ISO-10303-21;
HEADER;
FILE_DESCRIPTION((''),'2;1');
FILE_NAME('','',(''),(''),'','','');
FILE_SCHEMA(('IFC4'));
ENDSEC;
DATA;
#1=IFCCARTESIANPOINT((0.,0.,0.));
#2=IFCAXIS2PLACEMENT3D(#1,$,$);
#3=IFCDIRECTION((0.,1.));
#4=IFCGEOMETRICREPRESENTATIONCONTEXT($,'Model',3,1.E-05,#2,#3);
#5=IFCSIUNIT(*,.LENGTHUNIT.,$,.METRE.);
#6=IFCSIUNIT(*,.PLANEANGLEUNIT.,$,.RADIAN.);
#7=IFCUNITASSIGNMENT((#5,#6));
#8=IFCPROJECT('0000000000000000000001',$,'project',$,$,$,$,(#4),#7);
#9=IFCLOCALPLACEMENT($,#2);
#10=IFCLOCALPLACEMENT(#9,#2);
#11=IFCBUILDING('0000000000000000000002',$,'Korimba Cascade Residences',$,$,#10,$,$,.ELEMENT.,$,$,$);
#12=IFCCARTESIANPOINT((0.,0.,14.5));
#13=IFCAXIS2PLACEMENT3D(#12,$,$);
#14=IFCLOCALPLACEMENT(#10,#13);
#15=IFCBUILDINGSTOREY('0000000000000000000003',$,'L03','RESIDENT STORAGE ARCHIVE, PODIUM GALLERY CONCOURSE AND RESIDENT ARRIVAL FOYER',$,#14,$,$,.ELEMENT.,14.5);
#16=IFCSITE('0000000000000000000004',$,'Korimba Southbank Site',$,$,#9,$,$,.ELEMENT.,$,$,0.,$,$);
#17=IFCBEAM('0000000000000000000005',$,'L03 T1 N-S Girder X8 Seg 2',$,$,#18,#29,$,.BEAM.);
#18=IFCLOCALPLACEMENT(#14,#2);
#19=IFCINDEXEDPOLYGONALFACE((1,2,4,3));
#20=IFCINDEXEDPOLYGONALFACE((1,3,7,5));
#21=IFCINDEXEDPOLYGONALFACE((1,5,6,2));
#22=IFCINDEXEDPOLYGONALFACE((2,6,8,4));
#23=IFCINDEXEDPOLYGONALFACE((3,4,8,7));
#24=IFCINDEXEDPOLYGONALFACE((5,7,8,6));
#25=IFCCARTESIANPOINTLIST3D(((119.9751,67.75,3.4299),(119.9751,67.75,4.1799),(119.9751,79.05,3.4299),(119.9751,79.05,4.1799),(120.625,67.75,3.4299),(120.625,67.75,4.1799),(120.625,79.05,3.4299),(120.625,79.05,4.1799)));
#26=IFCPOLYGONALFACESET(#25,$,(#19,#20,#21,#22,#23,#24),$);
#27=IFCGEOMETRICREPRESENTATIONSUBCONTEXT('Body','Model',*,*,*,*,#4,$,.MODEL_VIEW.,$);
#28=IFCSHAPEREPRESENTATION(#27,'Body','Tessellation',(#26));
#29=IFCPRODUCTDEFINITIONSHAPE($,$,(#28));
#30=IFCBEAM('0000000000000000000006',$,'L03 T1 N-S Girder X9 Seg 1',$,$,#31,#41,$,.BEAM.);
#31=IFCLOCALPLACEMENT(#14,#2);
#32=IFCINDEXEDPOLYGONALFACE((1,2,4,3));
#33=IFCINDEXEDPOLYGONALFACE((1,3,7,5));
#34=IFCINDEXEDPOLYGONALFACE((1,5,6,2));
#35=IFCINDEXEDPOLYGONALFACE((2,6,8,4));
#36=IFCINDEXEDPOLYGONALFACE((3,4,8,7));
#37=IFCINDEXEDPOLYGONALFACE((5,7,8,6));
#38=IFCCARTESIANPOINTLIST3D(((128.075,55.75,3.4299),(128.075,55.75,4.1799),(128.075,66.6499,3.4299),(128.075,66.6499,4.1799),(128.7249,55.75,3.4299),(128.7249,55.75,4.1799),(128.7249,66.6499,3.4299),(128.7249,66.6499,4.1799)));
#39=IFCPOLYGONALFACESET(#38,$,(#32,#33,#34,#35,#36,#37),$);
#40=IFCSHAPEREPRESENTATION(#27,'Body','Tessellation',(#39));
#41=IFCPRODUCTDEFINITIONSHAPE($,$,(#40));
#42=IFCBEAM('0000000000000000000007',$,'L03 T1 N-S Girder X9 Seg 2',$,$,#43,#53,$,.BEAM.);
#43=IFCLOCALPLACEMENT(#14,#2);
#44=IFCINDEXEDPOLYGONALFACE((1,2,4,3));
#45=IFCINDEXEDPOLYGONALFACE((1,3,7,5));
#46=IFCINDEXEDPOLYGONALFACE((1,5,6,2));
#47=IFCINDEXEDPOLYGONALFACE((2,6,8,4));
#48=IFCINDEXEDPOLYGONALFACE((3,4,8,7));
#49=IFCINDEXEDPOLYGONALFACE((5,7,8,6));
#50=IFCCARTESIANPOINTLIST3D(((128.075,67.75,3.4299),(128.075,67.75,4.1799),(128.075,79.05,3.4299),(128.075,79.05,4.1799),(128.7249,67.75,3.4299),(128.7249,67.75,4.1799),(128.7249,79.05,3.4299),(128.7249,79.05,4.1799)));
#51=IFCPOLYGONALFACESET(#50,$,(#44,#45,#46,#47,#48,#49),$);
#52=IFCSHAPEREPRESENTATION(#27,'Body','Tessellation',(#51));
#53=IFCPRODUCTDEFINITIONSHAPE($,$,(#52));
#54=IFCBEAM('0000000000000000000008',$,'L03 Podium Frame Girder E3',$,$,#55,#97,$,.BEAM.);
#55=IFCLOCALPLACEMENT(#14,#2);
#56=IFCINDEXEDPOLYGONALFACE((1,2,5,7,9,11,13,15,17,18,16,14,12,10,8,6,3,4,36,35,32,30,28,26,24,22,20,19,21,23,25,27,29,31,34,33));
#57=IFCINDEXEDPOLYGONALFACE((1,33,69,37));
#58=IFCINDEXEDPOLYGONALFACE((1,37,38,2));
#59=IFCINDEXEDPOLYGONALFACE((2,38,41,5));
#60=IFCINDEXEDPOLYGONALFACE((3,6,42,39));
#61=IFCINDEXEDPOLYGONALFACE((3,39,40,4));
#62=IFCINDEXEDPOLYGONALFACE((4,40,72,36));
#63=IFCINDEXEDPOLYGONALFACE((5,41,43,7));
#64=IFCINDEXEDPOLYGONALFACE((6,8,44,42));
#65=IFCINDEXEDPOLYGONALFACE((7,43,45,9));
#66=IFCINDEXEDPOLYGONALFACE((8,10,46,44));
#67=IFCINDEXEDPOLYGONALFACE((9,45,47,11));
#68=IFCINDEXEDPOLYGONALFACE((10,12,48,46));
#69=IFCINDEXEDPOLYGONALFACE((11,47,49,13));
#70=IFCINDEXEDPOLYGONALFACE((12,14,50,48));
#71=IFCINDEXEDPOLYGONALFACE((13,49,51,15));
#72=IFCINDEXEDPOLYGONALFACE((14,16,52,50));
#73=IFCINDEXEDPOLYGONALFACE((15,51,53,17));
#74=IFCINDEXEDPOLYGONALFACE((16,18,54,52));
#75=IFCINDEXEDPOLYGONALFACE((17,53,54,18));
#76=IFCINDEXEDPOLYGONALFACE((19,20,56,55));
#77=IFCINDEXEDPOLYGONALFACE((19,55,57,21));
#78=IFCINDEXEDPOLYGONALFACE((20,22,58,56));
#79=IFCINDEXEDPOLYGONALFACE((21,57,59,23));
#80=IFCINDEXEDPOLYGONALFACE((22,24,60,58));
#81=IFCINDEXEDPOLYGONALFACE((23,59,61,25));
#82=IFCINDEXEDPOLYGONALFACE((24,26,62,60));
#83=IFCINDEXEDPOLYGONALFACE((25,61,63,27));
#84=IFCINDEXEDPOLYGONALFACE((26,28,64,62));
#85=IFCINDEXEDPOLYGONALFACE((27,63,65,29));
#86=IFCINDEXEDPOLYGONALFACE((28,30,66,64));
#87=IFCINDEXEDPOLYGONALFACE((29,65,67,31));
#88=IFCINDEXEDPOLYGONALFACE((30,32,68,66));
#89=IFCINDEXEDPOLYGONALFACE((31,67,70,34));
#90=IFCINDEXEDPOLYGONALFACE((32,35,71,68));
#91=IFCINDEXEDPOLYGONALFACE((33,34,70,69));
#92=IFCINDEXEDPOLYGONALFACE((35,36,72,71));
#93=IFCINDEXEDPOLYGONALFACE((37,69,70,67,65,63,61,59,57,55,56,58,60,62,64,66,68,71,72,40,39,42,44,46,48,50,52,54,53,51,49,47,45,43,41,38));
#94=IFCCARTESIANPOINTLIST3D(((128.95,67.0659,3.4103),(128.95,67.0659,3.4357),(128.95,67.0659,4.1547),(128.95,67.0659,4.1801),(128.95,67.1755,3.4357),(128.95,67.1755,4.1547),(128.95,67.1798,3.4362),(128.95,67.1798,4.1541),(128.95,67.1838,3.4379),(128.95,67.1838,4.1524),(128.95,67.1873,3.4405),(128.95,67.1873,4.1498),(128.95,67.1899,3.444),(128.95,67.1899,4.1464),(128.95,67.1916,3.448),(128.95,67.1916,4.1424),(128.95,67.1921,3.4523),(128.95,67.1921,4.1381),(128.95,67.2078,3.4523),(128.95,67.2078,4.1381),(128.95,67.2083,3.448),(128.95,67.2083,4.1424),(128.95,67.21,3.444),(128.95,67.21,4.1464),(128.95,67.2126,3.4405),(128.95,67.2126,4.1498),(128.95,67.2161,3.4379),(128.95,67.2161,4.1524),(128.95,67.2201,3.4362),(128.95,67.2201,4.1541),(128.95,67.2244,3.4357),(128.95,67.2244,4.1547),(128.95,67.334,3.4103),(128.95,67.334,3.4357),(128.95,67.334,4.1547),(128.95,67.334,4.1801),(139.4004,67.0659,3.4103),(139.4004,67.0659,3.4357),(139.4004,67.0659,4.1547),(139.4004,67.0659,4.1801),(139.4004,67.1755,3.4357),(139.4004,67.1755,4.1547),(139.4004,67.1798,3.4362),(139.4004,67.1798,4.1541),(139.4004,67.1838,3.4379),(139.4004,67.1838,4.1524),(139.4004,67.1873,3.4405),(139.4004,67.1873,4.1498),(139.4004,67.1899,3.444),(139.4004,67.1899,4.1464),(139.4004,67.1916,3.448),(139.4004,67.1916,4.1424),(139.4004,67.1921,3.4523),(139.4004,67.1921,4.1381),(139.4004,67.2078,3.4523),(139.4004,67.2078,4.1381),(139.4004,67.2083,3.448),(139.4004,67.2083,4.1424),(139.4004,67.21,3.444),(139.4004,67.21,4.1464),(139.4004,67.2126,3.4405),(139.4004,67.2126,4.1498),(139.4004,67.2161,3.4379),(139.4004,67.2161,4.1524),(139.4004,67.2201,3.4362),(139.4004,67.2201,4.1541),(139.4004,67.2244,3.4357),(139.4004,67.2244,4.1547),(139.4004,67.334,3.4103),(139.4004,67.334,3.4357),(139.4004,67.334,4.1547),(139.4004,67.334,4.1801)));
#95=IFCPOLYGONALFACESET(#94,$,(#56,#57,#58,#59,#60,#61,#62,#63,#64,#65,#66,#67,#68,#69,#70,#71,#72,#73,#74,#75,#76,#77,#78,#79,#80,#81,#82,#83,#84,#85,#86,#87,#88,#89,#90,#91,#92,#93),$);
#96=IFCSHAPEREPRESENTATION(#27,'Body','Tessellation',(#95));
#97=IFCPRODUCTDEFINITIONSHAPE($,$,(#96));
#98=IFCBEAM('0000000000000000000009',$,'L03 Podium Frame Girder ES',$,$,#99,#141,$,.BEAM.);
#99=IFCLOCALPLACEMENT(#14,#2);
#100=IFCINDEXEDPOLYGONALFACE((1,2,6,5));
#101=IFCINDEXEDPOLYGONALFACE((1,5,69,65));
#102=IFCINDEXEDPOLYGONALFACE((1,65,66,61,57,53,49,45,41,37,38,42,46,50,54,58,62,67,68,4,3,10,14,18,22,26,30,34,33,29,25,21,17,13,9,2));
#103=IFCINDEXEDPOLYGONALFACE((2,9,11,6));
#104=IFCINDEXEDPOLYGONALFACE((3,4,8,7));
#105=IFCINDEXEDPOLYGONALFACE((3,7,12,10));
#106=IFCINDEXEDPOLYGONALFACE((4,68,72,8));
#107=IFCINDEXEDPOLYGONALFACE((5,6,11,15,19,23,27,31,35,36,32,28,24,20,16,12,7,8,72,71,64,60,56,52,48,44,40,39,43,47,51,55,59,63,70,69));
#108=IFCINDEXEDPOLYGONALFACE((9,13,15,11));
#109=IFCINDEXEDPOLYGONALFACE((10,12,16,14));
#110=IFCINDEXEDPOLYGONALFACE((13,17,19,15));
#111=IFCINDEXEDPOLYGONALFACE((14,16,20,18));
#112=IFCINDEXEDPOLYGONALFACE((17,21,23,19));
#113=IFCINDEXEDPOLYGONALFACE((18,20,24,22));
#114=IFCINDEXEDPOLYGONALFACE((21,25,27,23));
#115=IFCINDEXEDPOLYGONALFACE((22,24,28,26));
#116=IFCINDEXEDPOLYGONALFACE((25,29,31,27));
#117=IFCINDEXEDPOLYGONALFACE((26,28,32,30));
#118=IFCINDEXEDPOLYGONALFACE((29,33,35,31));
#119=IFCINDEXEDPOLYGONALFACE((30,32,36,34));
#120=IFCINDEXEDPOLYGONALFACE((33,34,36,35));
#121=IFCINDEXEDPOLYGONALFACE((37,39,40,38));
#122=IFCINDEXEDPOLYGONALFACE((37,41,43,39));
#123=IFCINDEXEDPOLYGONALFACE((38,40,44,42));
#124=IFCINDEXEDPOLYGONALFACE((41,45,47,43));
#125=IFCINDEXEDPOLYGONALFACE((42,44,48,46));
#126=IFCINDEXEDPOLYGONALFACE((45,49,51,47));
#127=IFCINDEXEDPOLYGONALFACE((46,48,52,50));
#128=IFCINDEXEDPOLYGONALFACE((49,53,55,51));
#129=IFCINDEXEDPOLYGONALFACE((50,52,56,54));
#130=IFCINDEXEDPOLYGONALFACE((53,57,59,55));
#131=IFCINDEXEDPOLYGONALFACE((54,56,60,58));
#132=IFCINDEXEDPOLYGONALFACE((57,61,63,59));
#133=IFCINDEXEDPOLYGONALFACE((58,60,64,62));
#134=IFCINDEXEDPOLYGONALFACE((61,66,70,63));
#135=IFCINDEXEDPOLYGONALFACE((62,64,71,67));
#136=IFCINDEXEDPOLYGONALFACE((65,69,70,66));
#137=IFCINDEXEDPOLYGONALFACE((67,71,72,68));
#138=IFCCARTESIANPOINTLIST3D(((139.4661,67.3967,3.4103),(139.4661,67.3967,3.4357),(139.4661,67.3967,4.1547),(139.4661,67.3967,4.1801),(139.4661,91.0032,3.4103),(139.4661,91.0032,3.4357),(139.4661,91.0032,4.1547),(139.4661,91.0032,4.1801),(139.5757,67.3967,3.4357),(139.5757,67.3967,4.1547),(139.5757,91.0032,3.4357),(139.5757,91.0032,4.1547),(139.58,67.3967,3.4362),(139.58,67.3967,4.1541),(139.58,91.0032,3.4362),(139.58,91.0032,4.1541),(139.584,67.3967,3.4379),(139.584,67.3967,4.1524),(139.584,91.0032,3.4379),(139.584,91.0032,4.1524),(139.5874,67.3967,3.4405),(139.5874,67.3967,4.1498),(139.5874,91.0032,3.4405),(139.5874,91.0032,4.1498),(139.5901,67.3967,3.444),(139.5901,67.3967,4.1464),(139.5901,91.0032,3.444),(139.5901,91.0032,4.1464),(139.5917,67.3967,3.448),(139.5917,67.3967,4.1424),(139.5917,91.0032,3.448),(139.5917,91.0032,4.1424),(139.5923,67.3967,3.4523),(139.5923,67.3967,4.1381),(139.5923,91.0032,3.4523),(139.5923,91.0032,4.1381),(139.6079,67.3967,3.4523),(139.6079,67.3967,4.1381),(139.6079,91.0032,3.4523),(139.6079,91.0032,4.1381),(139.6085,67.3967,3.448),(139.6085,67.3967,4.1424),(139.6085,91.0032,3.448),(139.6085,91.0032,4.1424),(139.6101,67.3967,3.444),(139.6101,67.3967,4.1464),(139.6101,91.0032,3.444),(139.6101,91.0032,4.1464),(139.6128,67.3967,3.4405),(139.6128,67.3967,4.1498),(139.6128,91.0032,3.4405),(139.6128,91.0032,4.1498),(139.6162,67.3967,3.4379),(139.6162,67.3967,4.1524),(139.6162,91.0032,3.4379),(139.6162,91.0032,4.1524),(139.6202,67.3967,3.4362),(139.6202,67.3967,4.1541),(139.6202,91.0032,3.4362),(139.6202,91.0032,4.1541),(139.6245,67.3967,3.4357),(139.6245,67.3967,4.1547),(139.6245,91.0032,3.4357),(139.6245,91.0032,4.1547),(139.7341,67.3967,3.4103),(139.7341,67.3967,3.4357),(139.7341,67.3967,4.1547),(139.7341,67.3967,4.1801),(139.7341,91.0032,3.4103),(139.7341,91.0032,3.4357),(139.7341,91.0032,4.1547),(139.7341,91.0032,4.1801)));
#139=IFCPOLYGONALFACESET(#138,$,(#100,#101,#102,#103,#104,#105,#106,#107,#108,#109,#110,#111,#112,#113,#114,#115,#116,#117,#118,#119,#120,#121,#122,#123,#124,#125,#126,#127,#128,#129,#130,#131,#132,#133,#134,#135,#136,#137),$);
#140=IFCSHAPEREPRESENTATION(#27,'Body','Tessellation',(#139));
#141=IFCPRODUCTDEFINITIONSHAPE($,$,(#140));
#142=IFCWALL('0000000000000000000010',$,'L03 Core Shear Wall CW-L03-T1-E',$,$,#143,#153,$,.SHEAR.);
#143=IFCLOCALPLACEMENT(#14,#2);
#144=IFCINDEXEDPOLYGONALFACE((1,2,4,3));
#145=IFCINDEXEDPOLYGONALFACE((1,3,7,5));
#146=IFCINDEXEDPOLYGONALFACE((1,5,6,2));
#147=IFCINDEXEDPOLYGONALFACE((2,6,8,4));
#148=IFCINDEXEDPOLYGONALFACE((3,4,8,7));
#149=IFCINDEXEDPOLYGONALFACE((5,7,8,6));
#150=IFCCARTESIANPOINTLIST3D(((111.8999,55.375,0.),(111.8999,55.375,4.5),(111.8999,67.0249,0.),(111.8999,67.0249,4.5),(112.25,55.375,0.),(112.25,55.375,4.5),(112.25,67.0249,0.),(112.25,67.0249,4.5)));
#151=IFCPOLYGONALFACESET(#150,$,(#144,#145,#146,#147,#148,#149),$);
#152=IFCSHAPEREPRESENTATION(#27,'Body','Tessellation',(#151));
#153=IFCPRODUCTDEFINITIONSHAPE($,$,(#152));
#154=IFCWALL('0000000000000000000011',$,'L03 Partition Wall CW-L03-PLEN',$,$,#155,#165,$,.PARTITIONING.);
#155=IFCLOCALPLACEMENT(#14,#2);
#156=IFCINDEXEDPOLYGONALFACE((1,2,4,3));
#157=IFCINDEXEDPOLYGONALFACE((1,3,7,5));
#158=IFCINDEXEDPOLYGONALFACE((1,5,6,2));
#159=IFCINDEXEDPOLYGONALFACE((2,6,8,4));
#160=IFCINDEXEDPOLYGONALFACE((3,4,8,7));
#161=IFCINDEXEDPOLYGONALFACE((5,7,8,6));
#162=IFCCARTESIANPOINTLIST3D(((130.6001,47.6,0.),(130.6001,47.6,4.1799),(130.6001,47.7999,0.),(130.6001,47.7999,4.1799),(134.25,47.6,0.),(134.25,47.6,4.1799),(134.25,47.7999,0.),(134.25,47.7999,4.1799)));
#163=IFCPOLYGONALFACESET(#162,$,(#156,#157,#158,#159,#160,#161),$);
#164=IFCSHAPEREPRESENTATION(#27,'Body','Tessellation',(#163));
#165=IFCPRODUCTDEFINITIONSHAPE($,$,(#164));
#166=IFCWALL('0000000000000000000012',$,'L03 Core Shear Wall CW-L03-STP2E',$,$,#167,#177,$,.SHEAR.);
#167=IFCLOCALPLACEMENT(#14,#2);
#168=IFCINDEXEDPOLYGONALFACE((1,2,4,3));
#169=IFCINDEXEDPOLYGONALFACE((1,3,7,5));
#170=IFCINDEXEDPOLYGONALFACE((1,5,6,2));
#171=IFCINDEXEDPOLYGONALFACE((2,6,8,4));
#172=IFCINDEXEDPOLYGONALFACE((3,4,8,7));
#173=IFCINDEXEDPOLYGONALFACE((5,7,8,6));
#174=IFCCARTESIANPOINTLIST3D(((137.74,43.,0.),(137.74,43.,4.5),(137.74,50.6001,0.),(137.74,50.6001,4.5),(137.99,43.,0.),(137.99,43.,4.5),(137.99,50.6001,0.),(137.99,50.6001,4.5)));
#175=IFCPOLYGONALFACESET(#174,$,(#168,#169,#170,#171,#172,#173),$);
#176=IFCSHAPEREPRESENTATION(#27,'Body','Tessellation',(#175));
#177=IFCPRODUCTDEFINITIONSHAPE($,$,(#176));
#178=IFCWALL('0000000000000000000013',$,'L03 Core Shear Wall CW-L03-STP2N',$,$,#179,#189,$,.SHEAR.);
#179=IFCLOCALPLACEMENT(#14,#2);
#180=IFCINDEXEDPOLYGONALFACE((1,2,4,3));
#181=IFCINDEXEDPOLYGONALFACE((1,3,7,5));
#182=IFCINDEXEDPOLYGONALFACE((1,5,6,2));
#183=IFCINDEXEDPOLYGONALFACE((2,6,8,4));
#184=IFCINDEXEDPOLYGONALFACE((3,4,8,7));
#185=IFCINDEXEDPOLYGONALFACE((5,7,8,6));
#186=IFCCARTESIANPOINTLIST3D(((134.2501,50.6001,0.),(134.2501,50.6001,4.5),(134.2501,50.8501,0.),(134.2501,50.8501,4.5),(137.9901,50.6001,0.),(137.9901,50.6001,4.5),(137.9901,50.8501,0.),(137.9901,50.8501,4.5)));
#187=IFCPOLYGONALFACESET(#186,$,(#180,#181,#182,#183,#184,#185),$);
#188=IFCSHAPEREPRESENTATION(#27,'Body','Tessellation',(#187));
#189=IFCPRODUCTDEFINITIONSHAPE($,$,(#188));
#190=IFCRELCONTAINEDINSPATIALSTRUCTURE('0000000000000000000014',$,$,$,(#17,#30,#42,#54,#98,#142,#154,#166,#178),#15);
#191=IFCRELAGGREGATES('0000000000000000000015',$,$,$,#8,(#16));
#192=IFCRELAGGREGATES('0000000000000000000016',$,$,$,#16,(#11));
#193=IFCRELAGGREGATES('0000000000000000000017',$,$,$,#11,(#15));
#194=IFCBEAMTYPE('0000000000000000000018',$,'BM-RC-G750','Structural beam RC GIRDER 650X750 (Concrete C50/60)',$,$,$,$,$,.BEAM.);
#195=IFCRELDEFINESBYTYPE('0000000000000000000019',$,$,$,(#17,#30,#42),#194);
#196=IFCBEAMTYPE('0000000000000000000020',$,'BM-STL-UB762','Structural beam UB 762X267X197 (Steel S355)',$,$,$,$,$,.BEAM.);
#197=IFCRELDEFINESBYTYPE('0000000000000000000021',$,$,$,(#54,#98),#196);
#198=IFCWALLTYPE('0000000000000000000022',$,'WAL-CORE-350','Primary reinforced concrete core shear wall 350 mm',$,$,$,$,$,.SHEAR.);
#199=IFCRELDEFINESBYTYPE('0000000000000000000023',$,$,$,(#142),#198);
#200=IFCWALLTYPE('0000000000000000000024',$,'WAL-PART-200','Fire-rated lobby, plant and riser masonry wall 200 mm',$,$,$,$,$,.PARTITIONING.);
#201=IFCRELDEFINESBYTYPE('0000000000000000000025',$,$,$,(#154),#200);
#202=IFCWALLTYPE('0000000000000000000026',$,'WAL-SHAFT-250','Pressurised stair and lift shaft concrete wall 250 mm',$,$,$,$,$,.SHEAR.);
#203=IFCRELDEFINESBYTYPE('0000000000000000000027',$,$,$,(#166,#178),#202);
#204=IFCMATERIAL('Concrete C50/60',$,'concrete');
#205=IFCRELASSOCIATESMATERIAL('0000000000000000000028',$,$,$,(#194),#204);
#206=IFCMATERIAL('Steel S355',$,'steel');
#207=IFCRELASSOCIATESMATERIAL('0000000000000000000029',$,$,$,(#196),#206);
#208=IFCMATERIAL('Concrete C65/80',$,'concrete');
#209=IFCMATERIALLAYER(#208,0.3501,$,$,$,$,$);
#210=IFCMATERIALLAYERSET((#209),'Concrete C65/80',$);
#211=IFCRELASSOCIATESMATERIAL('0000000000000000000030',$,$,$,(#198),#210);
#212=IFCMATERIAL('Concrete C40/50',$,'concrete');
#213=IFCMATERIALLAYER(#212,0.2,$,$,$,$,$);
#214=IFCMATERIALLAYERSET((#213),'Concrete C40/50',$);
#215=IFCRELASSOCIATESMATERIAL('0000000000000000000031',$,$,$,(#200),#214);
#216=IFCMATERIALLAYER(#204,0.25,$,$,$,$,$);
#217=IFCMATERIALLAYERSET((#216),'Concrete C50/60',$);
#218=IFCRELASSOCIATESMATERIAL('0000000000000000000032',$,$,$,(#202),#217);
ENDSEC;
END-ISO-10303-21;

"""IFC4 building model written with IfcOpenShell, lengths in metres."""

from ifc_helpers import new_model, si_unit, direction, frame, frame_2d, origin, origin_2d, place, context, subcontext, project, spatial, rectangle, i_section, extrude, material, layer, layer_set, material_profile, profile_set, type_object, element, save


model = new_model("IFC4")

# Units and contexts
model_context = context("Model", 3, precision=1e-05, world=origin(), true_north=direction((0.0, 1.0)))
body_context = subcontext(model_context, "Body", "Model", "MODEL_VIEW")
ifc_project = project(units=[si_unit("LENGTHUNIT", "METRE"), si_unit("PLANEANGLEUNIT", "RADIAN")], contexts=[model_context])

# Site, building, storey
site_placement = place(None, origin())
site = spatial("IfcSite", under=ifc_project, at=site_placement, Name="Korimba Southbank Site", CompositionType="ELEMENT", RefElevation=0.0)
building_placement = place(site_placement, origin())
building = spatial("IfcBuilding", under=site, at=building_placement, Name="Korimba Cascade Residences", CompositionType="ELEMENT")
storey_placement = place(building_placement, frame((0.0, 0.0, 14.5)))
storey = spatial("IfcBuildingStorey", under=building, at=storey_placement, Name="L03", Description="RESIDENT STORAGE ARCHIVE, PODIUM GALLERY CONCOURSE AND RESIDENT ARRIVAL FOYER", CompositionType="ELEMENT", Elevation=14.5)

# Shared definitions
ifc_material_1 = material(Name="Steel S355", Category="steel")

# Beams
ifc_material_2 = material(Name="Concrete C50/60", Category="concrete")
ifc_material_profile_1 = material_profile(ifc_material_2, rectangle(XDim=0.6499, YDim=0.75, at=origin_2d()), Name="Concrete C50/60")
ifc_profile_set_1 = profile_set([ifc_material_profile_1], Name="Concrete C50/60")
beam_type_1 = type_object("IfcBeamType", Name="BM-RC-G750", Description="Structural beam RC GIRDER 650X750 (Concrete C50/60)", PredefinedType="BEAM", material=ifc_profile_set_1)
beam_1_placement = place(storey_placement, frame((120.3, 67.75, 3.8049), z_axis=(0.0, 1.0, 0.0), x_axis=(-1.0, 0.0, 0.0)))
element("IfcBeam", 1, at=beam_1_placement, inside=storey, type_object=beam_type_1, Name="L03 T1 N-S Girder X8 Seg 2", PredefinedType="BEAM", context=body_context, shape_type="SweptSolid", body=[
    extrude(rectangle(XDim=0.6499, YDim=0.75, at=origin_2d()), origin(), (0.0, 0.0, 1.0), 11.3),
])
beam_2_placement = place(storey_placement, frame((128.3999, 55.75, 3.8049), z_axis=(0.0, 1.0, 0.0), x_axis=(-1.0, 0.0, 0.0)))
element("IfcBeam", 2, at=beam_2_placement, inside=storey, type_object=beam_type_1, Name="L03 T1 N-S Girder X9 Seg 1", PredefinedType="BEAM", context=body_context, shape_type="SweptSolid", body=[
    extrude(rectangle(XDim=0.6499, YDim=0.75, at=origin_2d()), origin(), (0.0, 0.0, 1.0), 10.8999),
])
beam_3_placement = place(storey_placement, frame((128.3999, 67.75, 3.8049), z_axis=(0.0, 1.0, 0.0), x_axis=(-1.0, 0.0, 0.0)))
element("IfcBeam", 3, at=beam_3_placement, inside=storey, type_object=beam_type_1, Name="L03 T1 N-S Girder X9 Seg 2", PredefinedType="BEAM", context=body_context, shape_type="SweptSolid", body=[
    extrude(rectangle(XDim=0.6499, YDim=0.75, at=origin_2d()), origin(), (0.0, 0.0, 1.0), 11.3),
])
ifc_material_profile_2 = material_profile(ifc_material_1, i_section(OverallWidth=0.2681, OverallDepth=0.7698, WebThickness=0.0156, FlangeThickness=0.0254, FilletRadius=0.0166, at=origin_2d()), Name="Steel S355")
ifc_profile_set_2 = profile_set([ifc_material_profile_2], Name="Steel S355")
beam_type_2 = type_object("IfcBeamType", Name="BM-STL-UB762", Description="Structural beam UB 762X267X197 (Steel S355)", PredefinedType="BEAM", material=ifc_profile_set_2)
beam_4_placement = place(storey_placement, frame((128.95, 67.2, 3.7952), z_axis=(1.0, 0.0, 0.0), x_axis=(0.0, 1.0, 0.0)))
element("IfcBeam", 4, at=beam_4_placement, inside=storey, type_object=beam_type_2, Name="L03 Podium Frame Girder E3", PredefinedType="BEAM", context=body_context, shape_type="SweptSolid", body=[
    extrude(i_section(OverallWidth=0.2681, OverallDepth=0.7698, WebThickness=0.0156, FlangeThickness=0.0254, FilletRadius=0.0166, at=origin_2d()), origin(), (0.0, 0.0, 1.0), 10.4504),
])
beam_5_placement = place(storey_placement, frame((139.6001, 67.3967, 3.7952), z_axis=(0.0, 1.0, 0.0), x_axis=(-1.0, 0.0, 0.0)))
element("IfcBeam", 5, at=beam_5_placement, inside=storey, type_object=beam_type_2, Name="L03 Podium Frame Girder ES", PredefinedType="BEAM", context=body_context, shape_type="SweptSolid", body=[
    extrude(i_section(OverallWidth=0.2681, OverallDepth=0.7698, WebThickness=0.0156, FlangeThickness=0.0254, FilletRadius=0.0166, at=origin_2d()), origin(), (0.0, 0.0, 1.0), 23.6064),
])

# Walls
ifc_material_3 = material(Name="Concrete C65/80", Category="concrete")
ifc_layer_1 = layer(ifc_material_3, 0.3501)
ifc_layer_set_1 = layer_set([ifc_layer_1], Name="Concrete C65/80")
wall_type_1 = type_object("IfcWallType", Name="WAL-CORE-350", Description="Primary reinforced concrete core shear wall 350 mm", PredefinedType="SHEAR", material=ifc_layer_set_1)
wall_1_placement = place(storey_placement, frame((112.075, 55.375, 0.0), z_axis=(0.0, 0.0, 1.0), x_axis=(0.0, 1.0, 0.0)))
element("IfcWall", 6, at=wall_1_placement, inside=storey, type_object=wall_type_1, Name="L03 Core Shear Wall CW-L03-T1-E", PredefinedType="SHEAR", context=body_context, shape_type="SweptSolid", body=[
    extrude(rectangle(XDim=11.6499, YDim=0.3501, at=frame_2d((5.825, 0.0))), origin(), (0.0, 0.0, 1.0), 4.5),
])
ifc_material_4 = material(Name="Concrete C40/50", Category="concrete")
ifc_layer_2 = layer(ifc_material_4, 0.2)
ifc_layer_set_2 = layer_set([ifc_layer_2], Name="Concrete C40/50")
wall_type_2 = type_object("IfcWallType", Name="WAL-PART-200", Description="Fire-rated lobby, plant and riser masonry wall 200 mm", PredefinedType="PARTITIONING", material=ifc_layer_set_2)
wall_2_placement = place(storey_placement, frame((130.6001, 47.7, 0.0), z_axis=(0.0, 0.0, 1.0), x_axis=(1.0, 0.0, 0.0)))
element("IfcWall", 7, at=wall_2_placement, inside=storey, type_object=wall_type_2, Name="L03 Partition Wall CW-L03-PLEN", PredefinedType="PARTITIONING", context=body_context, shape_type="SweptSolid", body=[
    extrude(rectangle(XDim=3.6499, YDim=0.2, at=frame_2d((1.825, 0.0))), origin(), (0.0, 0.0, 1.0), 4.1799),
])
ifc_layer_3 = layer(ifc_material_2, 0.25)
ifc_layer_set_3 = layer_set([ifc_layer_3], Name="Concrete C50/60")
wall_type_3 = type_object("IfcWallType", Name="WAL-SHAFT-250", Description="Pressurised stair and lift shaft concrete wall 250 mm", PredefinedType="SHEAR", material=ifc_layer_set_3)
wall_3_placement = place(storey_placement, frame((137.865, 43.0, 0.0), z_axis=(0.0, 0.0, 1.0), x_axis=(0.0, 1.0, 0.0)))
element("IfcWall", 8, at=wall_3_placement, inside=storey, type_object=wall_type_3, Name="L03 Core Shear Wall CW-L03-STP2E", PredefinedType="SHEAR", context=body_context, shape_type="SweptSolid", body=[
    extrude(rectangle(XDim=7.6001, YDim=0.25, at=frame_2d((3.8, 0.0))), origin(), (0.0, 0.0, 1.0), 4.5),
])
wall_4_placement = place(storey_placement, frame((134.25, 50.7251, 0.0), z_axis=(0.0, 0.0, 1.0), x_axis=(1.0, 0.0, 0.0)))
element("IfcWall", 9, at=wall_4_placement, inside=storey, type_object=wall_type_3, Name="L03 Core Shear Wall CW-L03-STP2N", PredefinedType="SHEAR", context=body_context, shape_type="SweptSolid", body=[
    extrude(rectangle(XDim=3.74, YDim=0.25, at=frame_2d((1.8701, 0.0))), origin(), (0.0, 0.0, 1.0), 4.5),
])

save(model, "model.ifc")
